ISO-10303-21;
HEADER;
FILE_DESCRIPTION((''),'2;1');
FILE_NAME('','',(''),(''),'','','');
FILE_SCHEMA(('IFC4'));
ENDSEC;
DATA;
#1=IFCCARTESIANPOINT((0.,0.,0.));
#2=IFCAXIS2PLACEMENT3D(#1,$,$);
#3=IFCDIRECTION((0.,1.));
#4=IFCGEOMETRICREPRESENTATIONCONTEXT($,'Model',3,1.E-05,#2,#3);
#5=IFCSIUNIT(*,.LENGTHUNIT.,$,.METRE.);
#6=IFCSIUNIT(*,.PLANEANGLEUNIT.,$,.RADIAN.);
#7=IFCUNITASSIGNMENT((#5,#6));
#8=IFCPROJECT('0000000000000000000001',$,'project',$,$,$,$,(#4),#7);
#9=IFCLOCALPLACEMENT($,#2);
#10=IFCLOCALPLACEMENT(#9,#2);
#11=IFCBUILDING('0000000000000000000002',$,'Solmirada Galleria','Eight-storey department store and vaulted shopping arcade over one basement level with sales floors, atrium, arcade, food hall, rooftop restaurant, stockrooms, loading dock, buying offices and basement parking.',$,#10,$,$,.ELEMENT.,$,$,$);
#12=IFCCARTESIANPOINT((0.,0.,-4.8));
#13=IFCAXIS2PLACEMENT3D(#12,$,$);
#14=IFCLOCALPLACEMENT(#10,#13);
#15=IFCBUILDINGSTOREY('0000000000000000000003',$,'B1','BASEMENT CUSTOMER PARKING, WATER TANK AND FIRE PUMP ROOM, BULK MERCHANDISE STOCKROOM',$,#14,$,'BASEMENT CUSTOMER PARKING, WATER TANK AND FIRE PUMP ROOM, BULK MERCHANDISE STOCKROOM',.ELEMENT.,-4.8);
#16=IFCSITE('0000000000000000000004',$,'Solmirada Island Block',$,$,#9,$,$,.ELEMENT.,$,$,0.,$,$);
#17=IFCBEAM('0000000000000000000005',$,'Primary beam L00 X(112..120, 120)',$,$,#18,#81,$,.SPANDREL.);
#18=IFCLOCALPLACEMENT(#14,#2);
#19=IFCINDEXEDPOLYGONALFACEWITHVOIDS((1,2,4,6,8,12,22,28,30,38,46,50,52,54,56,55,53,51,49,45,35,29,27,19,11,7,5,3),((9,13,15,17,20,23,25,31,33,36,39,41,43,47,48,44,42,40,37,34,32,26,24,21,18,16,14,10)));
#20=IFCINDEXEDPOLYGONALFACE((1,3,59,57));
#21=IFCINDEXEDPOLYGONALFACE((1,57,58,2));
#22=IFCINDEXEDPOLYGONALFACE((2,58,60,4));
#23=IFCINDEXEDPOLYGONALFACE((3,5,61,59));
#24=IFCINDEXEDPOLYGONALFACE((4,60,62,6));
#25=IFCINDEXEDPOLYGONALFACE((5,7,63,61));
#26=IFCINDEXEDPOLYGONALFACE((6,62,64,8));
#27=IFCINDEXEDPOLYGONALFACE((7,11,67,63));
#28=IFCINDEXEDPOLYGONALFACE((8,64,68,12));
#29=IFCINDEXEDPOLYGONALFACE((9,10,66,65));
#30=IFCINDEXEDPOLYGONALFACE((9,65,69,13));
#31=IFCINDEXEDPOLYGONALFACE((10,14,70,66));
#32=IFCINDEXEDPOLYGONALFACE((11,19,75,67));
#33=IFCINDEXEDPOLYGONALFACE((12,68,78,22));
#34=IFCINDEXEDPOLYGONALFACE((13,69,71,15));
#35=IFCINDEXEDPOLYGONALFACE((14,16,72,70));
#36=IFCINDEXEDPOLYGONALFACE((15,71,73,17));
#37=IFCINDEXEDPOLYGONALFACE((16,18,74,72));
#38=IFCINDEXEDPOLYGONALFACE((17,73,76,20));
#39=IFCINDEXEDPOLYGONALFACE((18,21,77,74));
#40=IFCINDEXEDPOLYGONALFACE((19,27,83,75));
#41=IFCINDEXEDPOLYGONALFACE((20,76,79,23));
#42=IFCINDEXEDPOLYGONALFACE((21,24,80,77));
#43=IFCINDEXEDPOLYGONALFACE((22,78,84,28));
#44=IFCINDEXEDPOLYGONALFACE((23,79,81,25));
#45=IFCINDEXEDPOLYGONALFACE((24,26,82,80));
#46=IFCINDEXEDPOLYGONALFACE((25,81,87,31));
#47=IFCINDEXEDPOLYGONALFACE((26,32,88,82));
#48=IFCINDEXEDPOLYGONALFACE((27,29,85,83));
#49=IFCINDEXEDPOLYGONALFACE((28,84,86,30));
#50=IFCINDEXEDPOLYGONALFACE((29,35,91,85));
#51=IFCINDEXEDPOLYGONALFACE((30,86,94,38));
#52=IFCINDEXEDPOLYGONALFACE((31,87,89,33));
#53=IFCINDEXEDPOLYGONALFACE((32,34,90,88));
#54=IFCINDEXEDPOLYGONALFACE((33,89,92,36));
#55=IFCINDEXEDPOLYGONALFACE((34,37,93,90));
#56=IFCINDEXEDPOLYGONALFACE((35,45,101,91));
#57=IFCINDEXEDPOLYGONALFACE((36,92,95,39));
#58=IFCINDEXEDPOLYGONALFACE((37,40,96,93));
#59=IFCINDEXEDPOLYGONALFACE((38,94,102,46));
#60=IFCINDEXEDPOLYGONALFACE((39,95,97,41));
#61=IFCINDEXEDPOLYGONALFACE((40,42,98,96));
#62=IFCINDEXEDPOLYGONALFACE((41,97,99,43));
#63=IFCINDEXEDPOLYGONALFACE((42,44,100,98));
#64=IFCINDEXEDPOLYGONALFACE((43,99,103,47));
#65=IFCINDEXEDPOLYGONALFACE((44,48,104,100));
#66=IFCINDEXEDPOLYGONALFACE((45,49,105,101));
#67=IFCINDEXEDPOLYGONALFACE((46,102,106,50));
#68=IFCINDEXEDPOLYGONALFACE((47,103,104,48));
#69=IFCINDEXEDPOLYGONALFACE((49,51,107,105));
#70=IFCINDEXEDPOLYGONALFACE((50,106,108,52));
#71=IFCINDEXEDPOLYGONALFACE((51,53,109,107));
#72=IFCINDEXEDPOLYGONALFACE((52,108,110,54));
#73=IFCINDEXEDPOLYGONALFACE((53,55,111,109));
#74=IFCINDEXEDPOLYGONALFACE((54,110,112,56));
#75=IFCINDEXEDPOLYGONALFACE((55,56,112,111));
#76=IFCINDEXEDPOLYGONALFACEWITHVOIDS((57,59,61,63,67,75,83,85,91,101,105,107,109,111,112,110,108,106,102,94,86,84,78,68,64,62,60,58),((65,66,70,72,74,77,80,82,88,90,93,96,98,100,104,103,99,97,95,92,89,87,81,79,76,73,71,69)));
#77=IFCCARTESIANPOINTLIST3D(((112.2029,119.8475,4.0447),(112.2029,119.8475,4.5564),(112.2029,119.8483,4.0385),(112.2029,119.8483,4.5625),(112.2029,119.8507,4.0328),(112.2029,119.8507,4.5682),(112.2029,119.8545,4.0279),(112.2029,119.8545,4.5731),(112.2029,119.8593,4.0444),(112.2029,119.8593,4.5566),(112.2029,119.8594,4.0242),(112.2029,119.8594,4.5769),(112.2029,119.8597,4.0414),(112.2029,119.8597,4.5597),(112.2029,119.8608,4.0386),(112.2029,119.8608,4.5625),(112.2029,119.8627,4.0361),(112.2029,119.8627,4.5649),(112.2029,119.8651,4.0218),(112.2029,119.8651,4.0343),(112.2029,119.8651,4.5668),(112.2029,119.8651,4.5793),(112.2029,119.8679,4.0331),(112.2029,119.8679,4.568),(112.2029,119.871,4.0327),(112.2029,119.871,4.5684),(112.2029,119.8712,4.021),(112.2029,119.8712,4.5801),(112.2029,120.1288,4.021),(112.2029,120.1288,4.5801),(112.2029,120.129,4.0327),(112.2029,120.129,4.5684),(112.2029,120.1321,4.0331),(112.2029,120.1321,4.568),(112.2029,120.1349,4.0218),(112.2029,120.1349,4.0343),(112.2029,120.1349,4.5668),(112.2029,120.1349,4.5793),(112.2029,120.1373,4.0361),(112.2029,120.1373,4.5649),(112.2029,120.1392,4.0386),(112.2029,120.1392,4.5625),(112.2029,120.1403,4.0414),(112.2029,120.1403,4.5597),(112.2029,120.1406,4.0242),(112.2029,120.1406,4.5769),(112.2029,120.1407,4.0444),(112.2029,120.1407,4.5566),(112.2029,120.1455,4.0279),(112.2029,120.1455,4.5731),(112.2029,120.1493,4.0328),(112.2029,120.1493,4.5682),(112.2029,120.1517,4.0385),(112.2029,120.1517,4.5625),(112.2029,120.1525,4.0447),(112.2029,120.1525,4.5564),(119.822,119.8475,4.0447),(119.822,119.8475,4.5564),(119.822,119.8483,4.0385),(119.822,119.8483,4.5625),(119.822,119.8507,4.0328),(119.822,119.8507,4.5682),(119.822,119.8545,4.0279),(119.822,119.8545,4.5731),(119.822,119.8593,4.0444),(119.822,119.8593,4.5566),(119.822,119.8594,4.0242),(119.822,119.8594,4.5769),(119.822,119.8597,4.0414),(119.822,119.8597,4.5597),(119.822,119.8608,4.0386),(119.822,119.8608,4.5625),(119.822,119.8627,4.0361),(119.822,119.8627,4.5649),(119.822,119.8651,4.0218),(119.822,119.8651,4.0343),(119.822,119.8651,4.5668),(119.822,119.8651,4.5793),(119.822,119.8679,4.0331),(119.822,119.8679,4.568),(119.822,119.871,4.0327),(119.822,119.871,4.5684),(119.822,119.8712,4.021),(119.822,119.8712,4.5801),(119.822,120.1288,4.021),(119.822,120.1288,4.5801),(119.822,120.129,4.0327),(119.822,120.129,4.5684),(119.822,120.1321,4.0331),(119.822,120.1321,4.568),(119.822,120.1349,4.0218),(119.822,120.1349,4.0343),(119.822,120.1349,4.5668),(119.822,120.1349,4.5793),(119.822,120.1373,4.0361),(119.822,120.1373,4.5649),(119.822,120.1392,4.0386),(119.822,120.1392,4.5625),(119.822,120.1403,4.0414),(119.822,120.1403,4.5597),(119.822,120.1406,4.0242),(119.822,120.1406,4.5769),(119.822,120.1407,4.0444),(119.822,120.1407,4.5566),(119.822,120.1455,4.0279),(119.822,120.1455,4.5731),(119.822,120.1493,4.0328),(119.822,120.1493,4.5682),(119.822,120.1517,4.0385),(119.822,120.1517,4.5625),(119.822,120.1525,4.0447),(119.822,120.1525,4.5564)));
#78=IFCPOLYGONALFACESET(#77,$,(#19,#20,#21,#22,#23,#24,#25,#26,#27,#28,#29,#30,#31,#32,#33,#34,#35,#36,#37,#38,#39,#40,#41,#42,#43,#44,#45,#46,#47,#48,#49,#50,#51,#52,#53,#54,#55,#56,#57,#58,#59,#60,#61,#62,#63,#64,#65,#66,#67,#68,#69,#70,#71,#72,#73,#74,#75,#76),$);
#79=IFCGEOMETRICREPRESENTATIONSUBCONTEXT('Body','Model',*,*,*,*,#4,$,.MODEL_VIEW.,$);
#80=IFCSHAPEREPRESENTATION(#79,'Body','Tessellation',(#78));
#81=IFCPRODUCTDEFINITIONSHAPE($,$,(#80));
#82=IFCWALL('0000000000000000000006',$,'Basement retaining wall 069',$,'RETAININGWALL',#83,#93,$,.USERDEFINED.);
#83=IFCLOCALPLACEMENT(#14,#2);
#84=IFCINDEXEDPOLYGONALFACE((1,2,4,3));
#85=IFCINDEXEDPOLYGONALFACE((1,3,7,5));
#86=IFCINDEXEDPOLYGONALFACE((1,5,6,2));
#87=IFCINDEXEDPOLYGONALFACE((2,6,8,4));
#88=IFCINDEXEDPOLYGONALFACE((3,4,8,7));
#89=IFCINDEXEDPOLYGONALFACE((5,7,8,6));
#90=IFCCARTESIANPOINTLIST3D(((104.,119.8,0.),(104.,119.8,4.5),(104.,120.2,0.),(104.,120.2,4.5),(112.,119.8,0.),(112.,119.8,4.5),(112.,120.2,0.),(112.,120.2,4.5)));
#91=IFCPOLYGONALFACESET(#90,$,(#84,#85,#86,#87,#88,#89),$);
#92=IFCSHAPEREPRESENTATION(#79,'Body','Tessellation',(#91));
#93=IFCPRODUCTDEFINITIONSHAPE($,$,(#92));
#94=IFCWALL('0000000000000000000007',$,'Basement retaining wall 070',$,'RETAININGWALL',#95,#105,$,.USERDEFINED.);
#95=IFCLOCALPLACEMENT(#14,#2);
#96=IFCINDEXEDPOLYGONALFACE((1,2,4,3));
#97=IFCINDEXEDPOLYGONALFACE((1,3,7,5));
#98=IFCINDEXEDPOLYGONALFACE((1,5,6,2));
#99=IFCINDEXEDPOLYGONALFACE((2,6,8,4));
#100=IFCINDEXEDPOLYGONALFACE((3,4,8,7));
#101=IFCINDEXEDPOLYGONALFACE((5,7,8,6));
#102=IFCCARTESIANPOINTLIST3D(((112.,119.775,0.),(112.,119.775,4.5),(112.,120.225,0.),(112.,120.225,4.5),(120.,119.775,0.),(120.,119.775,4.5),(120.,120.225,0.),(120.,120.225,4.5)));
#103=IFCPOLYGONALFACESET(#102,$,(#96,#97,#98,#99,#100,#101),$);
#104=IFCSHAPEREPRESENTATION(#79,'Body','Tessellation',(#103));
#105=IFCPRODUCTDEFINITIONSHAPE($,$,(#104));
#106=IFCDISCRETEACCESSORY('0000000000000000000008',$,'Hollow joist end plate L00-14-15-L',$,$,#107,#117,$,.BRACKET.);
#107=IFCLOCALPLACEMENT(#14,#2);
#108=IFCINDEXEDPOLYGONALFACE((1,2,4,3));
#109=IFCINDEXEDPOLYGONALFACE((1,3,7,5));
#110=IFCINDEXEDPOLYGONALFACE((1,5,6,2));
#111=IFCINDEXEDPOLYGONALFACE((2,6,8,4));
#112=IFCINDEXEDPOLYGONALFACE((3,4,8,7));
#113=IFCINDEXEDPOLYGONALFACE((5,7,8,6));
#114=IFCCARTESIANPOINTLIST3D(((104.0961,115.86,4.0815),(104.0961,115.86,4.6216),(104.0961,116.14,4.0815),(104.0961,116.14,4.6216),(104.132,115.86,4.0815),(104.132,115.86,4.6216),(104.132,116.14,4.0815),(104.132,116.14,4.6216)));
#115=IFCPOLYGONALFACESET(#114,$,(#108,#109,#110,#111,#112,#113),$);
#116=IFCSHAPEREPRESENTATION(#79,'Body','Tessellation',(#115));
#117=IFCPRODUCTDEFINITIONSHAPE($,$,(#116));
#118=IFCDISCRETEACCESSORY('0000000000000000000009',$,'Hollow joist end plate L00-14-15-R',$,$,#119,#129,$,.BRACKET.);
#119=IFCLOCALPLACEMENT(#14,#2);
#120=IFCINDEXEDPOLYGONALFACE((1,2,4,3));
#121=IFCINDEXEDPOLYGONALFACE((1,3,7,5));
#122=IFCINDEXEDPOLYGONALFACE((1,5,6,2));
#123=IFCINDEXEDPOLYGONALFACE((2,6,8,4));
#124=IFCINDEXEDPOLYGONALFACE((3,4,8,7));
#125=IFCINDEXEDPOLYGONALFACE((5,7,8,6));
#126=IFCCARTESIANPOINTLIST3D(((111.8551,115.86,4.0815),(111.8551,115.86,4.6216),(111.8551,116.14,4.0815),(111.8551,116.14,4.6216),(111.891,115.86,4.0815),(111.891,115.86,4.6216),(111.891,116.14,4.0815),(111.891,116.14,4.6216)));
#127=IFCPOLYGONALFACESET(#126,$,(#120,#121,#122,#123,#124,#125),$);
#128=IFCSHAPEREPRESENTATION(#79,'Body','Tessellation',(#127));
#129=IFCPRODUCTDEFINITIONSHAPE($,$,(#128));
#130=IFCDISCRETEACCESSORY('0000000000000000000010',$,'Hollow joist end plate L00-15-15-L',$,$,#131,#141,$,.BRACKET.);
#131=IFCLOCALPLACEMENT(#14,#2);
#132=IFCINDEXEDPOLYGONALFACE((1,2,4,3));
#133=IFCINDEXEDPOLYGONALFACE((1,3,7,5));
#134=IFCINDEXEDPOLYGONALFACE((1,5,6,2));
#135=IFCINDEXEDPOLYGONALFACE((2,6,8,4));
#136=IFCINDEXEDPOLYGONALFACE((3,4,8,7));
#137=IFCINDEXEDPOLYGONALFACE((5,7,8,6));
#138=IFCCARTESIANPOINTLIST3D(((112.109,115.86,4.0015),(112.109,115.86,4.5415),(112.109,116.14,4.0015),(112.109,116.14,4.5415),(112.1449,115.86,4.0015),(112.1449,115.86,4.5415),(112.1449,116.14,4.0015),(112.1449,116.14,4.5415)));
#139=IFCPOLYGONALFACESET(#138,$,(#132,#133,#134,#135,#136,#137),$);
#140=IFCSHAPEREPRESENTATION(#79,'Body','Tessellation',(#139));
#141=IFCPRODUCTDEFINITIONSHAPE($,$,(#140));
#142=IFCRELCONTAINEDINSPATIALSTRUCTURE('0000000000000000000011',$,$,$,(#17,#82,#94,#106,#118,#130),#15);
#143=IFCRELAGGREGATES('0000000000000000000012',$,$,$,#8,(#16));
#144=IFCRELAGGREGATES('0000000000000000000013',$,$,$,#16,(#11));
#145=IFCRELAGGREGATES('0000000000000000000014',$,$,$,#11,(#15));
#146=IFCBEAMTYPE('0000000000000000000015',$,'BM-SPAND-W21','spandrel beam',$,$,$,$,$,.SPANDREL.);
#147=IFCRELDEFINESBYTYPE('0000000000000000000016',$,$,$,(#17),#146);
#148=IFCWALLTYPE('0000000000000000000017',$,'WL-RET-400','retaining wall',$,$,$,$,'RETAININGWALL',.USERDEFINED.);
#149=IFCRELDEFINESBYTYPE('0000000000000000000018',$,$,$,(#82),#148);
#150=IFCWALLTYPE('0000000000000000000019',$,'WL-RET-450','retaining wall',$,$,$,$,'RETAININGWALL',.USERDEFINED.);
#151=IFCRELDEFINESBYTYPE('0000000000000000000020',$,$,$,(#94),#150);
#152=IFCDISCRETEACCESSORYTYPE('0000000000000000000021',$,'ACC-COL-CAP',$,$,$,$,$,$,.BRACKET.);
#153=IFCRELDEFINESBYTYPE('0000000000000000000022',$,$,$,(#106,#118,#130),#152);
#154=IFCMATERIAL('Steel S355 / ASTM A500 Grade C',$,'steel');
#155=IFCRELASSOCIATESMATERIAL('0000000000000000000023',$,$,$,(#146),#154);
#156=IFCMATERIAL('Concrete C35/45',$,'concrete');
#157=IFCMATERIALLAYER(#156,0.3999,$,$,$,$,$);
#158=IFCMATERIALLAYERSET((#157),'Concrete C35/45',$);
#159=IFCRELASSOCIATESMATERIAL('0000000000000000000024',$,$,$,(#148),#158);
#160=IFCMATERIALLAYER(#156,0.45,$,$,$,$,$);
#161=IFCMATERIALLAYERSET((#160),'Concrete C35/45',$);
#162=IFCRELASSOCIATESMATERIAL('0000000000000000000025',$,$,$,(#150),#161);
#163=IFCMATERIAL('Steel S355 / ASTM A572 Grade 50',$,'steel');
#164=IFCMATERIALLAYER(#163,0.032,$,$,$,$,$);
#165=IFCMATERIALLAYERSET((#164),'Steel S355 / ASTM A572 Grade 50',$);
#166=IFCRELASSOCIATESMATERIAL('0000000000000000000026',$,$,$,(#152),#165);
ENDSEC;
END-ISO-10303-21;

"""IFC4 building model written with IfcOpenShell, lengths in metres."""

from ifc_helpers import new_model, si_unit, direction, frame, frame_2d, origin, origin_2d, place, context, subcontext, project, spatial, rectangle, hollow_rectangle, extrude, material, layer, layer_set, material_profile, profile_set, type_object, element, save


model = new_model("IFC4")

# Units and contexts
model_context = context("Model", 3, precision=1e-05, world=origin(), true_north=direction((0.0, 1.0)))
body_context = subcontext(model_context, "Body", "Model", "MODEL_VIEW")
ifc_project = project(units=[si_unit("LENGTHUNIT", "METRE"), si_unit("PLANEANGLEUNIT", "RADIAN")], contexts=[model_context])

# Site, building, storey
site_placement = place(None, origin())
site = spatial("IfcSite", under=ifc_project, at=site_placement, Name="Solmirada Island Block", CompositionType="ELEMENT", RefElevation=0.0)
building_placement = place(site_placement, origin())
building = spatial("IfcBuilding", under=site, at=building_placement, Name="Solmirada Galleria", Description="Eight-storey department store and vaulted shopping arcade over one basement level with sales floors, atrium, arcade, food hall, rooftop restaurant, stockrooms, loading dock, buying offices and basement parking.", CompositionType="ELEMENT")
storey_placement = place(building_placement, frame((0.0, 0.0, -4.8)))
storey = spatial("IfcBuildingStorey", under=building, at=storey_placement, Name="B1", Description="BASEMENT CUSTOMER PARKING, WATER TANK AND FIRE PUMP ROOM, BULK MERCHANDISE STOCKROOM", LongName="BASEMENT CUSTOMER PARKING, WATER TANK AND FIRE PUMP ROOM, BULK MERCHANDISE STOCKROOM", CompositionType="ELEMENT", Elevation=-4.8)

# Shared definitions
ifc_material_1 = material(Name="Concrete C35/45", Category="concrete")

# Shared definitions
ifc_material_2 = material(Name="Steel S355 / ASTM A500 Grade C", Category="steel")

# Beam
ifc_material_profile_1 = material_profile(ifc_material_2, hollow_rectangle(XDim=0.3049, YDim=0.5591, WallThickness=0.0117, InnerFilletRadius=0.0117, OuterFilletRadius=0.0237, at=origin_2d()), Name="HSS22X12X1/2")
ifc_profile_set_1 = profile_set([ifc_material_profile_1], Name="Steel S355 / ASTM A500 Grade C")
beam_type_1 = type_object("IfcBeamType", Name="BM-SPAND-W21", Description="spandrel beam", PredefinedType="SPANDREL", material=ifc_profile_set_1)
beam_1_placement = place(storey_placement, frame((112.2029, 120.0, 4.3005), z_axis=(1.0, 0.0, 0.0), x_axis=(0.0, 1.0, 0.0)))
element("IfcBeam", 1, at=beam_1_placement, inside=storey, type_object=beam_type_1, Name="Primary beam L00 X(112..120, 120)", PredefinedType="SPANDREL", context=body_context, shape_type="SweptSolid", body=[
    extrude(hollow_rectangle(XDim=0.3049, YDim=0.5591, WallThickness=0.0117, InnerFilletRadius=0.0117, OuterFilletRadius=0.0237, at=origin_2d()), origin(), (0.0, 0.0, 1.0), 7.6191),
])

# Walls
ifc_layer_1 = layer(ifc_material_1, 0.3999)
ifc_layer_set_1 = layer_set([ifc_layer_1], Name="Concrete C35/45")
wall_type_1 = type_object("IfcWallType", Name="WL-RET-400", Description="retaining wall", ElementType="RETAININGWALL", PredefinedType="USERDEFINED", material=ifc_layer_set_1)
wall_1_placement = place(storey_placement, frame((104.0, 120.0, 0.0), z_axis=(0.0, 0.0, 1.0), x_axis=(1.0, 0.0, 0.0)))
element("IfcWall", 2, at=wall_1_placement, inside=storey, type_object=wall_type_1, Name="Basement retaining wall 069", ObjectType="RETAININGWALL", PredefinedType="USERDEFINED", context=body_context, shape_type="SweptSolid", body=[
    extrude(rectangle(XDim=8.0, YDim=0.3999, at=frame_2d((4.0, 0.0))), origin(), (0.0, 0.0, 1.0), 4.5),
])
ifc_layer_2 = layer(ifc_material_1, 0.45)
ifc_layer_set_2 = layer_set([ifc_layer_2], Name="Concrete C35/45")
wall_type_2 = type_object("IfcWallType", Name="WL-RET-450", Description="retaining wall", ElementType="RETAININGWALL", PredefinedType="USERDEFINED", material=ifc_layer_set_2)
wall_2_placement = place(storey_placement, frame((112.0, 120.0, 0.0), z_axis=(0.0, 0.0, 1.0), x_axis=(1.0, 0.0, 0.0)))
element("IfcWall", 3, at=wall_2_placement, inside=storey, type_object=wall_type_2, Name="Basement retaining wall 070", ObjectType="RETAININGWALL", PredefinedType="USERDEFINED", context=body_context, shape_type="SweptSolid", body=[
    extrude(rectangle(XDim=8.0, YDim=0.45, at=frame_2d((4.0, 0.0))), origin(), (0.0, 0.0, 1.0), 4.5),
])

# Discrete accessories
ifc_material_3 = material(Name="Steel S355 / ASTM A572 Grade 50", Category="steel")
ifc_layer_3 = layer(ifc_material_3, 0.032)
ifc_layer_set_3 = layer_set([ifc_layer_3], Name="Steel S355 / ASTM A572 Grade 50")
discrete_accessory_type = type_object("IfcDiscreteAccessoryType", Name="ACC-COL-CAP", PredefinedType="BRACKET", material=ifc_layer_set_3)
for number, where, z_axis, x_axis, name in (
    (4, (104.114, 116.0, 4.0815), (0.0, 0.0, 1.0), (1.0, 0.0, 0.0), "Hollow joist end plate L00-14-15-L"),
    (5, (111.873, 116.0, 4.0815), (0.0, 0.0, 1.0), (1.0, 0.0, 0.0), "Hollow joist end plate L00-14-15-R"),
    (6, (112.127, 116.0, 4.0015), (0.0, 0.0, 1.0), (1.0, 0.0, 0.0), "Hollow joist end plate L00-15-15-L"),
):
    element("IfcDiscreteAccessory", number, at=place(storey_placement, frame(where, z_axis=z_axis, x_axis=x_axis)), inside=storey, type_object=discrete_accessory_type, Name=name, PredefinedType="BRACKET", context=body_context, shape_type="SweptSolid", body=[
        extrude(rectangle(XDim=0.0359, YDim=0.28, at=origin_2d()), origin(), (0.0, 0.0, 1.0), 0.54),
    ])

save(model, "model.ifc")
